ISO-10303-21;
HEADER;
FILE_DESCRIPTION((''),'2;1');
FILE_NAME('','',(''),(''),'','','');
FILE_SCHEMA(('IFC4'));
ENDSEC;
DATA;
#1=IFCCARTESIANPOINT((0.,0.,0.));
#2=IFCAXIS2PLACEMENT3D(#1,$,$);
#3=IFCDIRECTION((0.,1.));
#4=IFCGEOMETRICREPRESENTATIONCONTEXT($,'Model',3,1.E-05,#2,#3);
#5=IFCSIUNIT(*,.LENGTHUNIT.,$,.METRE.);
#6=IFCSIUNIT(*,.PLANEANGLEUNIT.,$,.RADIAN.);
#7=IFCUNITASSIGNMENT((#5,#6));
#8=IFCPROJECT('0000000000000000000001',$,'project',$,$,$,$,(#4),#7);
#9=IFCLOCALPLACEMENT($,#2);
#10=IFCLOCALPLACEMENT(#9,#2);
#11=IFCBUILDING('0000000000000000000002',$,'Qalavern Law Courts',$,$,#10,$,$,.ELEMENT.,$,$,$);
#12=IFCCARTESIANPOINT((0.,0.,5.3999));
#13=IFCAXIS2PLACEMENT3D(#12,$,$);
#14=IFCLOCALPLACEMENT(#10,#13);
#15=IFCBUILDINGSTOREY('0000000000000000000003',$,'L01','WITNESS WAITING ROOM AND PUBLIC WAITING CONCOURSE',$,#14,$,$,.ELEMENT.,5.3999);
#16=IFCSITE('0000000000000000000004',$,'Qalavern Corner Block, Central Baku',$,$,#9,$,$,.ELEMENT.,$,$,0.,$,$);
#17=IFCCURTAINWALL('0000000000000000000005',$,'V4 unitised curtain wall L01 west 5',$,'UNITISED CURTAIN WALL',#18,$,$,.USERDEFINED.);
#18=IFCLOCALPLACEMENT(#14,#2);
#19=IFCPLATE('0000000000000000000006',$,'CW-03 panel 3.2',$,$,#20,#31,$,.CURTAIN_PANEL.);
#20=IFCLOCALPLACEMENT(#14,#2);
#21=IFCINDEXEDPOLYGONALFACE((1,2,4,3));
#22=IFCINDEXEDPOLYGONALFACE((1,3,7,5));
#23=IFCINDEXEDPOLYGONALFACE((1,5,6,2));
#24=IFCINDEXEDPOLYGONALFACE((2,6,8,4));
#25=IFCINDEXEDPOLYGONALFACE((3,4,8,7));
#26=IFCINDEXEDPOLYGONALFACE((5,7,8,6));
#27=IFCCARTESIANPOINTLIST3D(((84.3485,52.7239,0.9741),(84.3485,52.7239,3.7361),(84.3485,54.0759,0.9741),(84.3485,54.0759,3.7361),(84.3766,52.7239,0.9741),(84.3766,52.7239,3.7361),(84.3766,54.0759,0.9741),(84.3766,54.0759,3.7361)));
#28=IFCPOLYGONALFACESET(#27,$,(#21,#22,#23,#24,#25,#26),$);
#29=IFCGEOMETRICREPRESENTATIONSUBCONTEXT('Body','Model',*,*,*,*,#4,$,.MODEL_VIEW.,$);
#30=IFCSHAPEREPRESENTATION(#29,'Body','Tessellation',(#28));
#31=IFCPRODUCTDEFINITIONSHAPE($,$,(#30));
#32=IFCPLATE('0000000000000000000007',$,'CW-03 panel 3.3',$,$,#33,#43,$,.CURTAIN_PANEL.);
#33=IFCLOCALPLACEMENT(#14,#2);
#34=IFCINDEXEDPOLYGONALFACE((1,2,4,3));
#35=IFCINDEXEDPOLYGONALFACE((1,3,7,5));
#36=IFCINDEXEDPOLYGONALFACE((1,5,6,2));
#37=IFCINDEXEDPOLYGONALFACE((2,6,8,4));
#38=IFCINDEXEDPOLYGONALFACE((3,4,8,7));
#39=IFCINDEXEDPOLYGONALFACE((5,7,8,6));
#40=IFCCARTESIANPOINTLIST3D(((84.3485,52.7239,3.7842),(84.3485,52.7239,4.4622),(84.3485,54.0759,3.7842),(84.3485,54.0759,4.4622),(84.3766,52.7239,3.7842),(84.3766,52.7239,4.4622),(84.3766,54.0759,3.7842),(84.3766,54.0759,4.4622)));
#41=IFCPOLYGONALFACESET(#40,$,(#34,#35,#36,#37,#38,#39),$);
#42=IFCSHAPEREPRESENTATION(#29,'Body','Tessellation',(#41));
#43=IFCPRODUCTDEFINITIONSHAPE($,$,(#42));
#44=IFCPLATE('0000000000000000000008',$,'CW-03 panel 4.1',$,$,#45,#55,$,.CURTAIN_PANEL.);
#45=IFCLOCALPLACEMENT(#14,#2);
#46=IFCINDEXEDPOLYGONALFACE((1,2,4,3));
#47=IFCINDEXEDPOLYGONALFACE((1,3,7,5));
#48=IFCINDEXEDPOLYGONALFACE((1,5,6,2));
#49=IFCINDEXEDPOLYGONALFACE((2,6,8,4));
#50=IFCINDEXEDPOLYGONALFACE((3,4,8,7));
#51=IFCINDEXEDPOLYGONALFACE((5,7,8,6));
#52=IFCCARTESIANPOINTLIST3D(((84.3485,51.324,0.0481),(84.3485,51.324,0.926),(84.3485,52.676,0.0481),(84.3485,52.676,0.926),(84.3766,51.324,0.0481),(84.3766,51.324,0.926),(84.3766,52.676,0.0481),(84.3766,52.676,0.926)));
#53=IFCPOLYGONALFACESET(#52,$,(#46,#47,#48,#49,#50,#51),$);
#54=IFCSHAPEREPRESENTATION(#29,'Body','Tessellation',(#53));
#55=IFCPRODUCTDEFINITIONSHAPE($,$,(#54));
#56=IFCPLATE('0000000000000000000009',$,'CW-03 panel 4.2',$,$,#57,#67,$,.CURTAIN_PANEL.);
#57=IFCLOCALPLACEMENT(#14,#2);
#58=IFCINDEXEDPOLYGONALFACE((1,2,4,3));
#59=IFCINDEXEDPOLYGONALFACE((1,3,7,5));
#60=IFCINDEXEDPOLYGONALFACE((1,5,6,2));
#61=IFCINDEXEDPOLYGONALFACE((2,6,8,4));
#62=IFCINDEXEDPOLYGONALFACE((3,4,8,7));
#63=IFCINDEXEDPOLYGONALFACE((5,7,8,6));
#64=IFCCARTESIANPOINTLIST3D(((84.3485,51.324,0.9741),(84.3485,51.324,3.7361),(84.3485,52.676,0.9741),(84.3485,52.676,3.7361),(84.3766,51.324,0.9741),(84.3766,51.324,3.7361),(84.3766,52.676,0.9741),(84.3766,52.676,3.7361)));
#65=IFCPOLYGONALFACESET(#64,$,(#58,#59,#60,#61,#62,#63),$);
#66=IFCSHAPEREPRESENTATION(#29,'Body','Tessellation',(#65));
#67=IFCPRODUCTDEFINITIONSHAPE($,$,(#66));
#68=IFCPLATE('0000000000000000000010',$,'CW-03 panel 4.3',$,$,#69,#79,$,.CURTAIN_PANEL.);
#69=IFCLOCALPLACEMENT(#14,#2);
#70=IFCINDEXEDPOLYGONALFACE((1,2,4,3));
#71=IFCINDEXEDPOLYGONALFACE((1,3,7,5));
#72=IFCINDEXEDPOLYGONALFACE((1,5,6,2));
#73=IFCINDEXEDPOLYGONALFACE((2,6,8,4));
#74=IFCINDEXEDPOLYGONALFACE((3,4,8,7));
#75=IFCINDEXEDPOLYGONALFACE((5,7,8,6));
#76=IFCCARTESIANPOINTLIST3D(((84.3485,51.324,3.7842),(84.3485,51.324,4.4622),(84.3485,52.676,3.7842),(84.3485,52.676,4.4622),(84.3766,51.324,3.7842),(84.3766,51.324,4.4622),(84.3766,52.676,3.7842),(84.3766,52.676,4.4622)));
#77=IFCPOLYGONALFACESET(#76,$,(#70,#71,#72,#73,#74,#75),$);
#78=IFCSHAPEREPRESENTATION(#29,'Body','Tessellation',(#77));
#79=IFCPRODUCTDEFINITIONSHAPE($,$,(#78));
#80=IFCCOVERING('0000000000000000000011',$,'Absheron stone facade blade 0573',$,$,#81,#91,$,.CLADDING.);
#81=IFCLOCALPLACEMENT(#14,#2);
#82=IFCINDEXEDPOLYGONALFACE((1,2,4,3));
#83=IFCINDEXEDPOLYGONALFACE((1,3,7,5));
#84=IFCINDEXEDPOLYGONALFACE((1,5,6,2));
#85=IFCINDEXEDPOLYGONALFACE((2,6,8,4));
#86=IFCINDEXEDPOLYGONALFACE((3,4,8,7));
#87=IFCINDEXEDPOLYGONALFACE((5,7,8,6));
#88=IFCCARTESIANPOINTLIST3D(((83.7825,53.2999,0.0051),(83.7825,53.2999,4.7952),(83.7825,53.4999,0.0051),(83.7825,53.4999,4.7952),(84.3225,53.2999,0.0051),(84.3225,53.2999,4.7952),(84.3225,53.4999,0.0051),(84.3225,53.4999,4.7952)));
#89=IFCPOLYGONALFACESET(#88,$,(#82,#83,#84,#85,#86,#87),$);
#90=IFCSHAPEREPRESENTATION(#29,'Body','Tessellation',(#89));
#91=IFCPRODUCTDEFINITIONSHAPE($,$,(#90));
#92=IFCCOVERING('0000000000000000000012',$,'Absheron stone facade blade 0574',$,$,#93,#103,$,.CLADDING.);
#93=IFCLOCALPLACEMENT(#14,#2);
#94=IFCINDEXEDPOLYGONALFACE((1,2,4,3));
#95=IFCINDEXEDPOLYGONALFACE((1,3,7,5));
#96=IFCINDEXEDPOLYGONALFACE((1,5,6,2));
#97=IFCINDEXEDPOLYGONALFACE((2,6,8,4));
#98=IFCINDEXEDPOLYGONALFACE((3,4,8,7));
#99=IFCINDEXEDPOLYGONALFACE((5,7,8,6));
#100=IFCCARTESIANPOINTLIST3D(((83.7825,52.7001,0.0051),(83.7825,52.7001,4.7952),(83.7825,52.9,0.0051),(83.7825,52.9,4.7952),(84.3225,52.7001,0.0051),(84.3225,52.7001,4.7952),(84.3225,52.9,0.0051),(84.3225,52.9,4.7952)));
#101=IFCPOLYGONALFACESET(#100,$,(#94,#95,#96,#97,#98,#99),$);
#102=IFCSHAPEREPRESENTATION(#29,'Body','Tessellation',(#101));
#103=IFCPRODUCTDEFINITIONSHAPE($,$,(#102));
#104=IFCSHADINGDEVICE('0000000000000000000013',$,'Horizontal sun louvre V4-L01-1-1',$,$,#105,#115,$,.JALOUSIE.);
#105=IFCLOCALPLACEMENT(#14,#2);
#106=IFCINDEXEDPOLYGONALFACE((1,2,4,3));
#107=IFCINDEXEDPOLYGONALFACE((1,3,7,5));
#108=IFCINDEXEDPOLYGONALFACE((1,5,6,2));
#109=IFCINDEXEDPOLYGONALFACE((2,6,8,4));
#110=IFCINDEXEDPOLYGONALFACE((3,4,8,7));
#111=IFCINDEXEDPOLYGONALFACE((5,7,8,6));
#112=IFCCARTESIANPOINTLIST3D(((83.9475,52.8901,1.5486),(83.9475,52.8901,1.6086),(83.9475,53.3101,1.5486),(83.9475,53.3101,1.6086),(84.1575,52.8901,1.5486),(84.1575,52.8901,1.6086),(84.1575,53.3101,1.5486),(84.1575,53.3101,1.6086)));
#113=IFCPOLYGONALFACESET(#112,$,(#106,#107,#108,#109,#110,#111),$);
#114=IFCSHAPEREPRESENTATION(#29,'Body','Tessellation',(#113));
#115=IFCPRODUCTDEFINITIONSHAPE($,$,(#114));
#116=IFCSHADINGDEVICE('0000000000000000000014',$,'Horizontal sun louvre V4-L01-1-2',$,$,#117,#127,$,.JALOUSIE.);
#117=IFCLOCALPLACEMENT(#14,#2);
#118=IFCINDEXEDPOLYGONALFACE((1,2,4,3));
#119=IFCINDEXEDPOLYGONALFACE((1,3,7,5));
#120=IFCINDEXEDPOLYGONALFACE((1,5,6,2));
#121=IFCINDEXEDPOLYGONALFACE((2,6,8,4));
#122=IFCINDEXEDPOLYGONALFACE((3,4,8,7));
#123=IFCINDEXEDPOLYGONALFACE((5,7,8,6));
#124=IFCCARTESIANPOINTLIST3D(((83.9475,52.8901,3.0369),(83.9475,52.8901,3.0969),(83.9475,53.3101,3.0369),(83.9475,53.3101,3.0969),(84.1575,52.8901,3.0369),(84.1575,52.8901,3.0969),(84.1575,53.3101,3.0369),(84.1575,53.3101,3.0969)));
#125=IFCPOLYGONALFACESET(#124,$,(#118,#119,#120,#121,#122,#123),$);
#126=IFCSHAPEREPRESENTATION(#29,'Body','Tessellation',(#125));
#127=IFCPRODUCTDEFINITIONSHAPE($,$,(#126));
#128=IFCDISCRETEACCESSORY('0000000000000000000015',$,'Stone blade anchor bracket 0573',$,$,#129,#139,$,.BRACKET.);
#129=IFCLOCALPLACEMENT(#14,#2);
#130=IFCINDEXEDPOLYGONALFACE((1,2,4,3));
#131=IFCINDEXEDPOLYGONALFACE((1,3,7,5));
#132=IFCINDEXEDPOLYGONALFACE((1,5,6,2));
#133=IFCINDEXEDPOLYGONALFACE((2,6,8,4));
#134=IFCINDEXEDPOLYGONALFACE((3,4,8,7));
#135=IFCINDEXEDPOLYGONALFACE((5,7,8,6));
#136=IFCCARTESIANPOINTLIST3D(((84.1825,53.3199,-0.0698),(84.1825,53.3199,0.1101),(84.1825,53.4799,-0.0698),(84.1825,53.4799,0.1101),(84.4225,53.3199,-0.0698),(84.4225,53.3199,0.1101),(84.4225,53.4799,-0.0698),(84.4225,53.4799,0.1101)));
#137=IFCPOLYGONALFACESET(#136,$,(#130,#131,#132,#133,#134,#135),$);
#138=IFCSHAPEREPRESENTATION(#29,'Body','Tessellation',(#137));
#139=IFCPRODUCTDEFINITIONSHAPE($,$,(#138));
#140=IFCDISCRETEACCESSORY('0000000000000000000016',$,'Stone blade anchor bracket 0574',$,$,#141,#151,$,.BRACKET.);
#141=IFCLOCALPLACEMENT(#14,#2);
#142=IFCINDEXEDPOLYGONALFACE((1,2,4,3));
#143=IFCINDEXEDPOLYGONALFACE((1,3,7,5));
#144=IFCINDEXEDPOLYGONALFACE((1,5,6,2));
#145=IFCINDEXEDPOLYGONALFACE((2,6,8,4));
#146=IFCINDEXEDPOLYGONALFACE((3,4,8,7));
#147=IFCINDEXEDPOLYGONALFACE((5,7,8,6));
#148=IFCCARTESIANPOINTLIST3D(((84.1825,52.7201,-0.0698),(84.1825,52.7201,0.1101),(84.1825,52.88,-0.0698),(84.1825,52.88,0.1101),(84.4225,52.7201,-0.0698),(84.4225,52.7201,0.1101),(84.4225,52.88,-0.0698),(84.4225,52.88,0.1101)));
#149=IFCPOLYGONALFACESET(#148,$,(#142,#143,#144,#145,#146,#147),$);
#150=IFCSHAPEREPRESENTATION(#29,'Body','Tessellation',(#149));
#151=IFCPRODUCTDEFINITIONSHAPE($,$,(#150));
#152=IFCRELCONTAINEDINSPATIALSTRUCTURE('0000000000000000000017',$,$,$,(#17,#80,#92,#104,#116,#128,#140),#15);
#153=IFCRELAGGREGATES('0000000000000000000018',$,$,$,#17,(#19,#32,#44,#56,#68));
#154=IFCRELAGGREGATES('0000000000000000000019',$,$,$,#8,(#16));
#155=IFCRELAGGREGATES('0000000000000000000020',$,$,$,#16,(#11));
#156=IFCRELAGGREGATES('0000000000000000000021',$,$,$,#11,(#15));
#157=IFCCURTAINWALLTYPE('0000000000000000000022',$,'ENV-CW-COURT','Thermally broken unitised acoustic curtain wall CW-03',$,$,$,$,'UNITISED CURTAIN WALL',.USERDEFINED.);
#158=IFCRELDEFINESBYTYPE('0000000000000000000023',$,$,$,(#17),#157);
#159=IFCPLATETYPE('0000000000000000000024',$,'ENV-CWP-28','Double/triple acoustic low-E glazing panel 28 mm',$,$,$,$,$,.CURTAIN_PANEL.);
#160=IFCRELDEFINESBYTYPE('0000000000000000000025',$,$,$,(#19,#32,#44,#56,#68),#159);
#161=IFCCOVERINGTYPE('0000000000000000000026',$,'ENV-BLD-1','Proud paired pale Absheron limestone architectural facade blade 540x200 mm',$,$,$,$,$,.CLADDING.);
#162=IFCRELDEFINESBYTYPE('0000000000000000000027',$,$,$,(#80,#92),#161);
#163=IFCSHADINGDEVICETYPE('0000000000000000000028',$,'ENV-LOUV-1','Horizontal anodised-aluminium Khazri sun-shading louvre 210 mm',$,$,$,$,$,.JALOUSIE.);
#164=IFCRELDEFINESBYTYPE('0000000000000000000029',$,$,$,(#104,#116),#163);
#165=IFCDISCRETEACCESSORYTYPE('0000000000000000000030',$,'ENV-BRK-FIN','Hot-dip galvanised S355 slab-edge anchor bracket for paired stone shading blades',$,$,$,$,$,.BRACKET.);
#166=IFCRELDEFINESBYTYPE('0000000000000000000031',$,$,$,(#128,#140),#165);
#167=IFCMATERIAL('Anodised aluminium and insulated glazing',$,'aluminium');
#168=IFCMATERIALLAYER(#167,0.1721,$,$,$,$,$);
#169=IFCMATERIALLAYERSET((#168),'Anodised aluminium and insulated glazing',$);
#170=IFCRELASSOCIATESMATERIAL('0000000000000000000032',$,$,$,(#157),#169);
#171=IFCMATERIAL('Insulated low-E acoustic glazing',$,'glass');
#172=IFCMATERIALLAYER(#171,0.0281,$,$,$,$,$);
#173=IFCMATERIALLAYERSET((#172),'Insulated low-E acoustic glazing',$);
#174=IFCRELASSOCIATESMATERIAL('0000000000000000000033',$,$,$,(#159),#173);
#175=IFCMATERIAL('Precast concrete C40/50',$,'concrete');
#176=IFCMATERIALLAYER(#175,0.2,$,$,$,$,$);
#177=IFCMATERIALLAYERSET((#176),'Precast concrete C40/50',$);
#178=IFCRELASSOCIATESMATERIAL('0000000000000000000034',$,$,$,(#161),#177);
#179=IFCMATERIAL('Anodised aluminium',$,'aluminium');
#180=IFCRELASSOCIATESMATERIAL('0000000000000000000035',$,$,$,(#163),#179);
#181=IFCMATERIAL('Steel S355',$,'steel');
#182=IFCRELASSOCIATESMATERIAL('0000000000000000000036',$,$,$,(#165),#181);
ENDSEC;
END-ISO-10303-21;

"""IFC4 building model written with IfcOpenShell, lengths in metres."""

from ifc_helpers import new_model, si_unit, direction, frame, origin, origin_2d, place, context, subcontext, project, spatial, rectangle, extrude, material, layer, layer_set, type_object, element, aggregate, save


model = new_model("IFC4")

# Units and contexts
model_context = context("Model", 3, precision=1e-05, world=origin(), true_north=direction((0.0, 1.0)))
body_context = subcontext(model_context, "Body", "Model", "MODEL_VIEW")
ifc_project = project(units=[si_unit("LENGTHUNIT", "METRE"), si_unit("PLANEANGLEUNIT", "RADIAN")], contexts=[model_context])

# Site, building, storey
site_placement = place(None, origin())
site = spatial("IfcSite", under=ifc_project, at=site_placement, Name="Qalavern Corner Block, Central Baku", CompositionType="ELEMENT", RefElevation=0.0)
building_placement = place(site_placement, origin())
building = spatial("IfcBuilding", under=site, at=building_placement, Name="Qalavern Law Courts", CompositionType="ELEMENT")
storey_placement = place(building_placement, frame((0.0, 0.0, 5.3999)))
storey = spatial("IfcBuildingStorey", under=building, at=storey_placement, Name="L01", Description="WITNESS WAITING ROOM AND PUBLIC WAITING CONCOURSE", CompositionType="ELEMENT", Elevation=5.3999)

# Curtain wall, plates
ifc_material_1 = material(Name="Anodised aluminium and insulated glazing", Category="aluminium")
ifc_layer_1 = layer(ifc_material_1, 0.1721)
ifc_layer_set_1 = layer_set([ifc_layer_1], Name="Anodised aluminium and insulated glazing")
curtain_wall_type = type_object("IfcCurtainWallType", Name="ENV-CW-COURT", Description="Thermally broken unitised acoustic curtain wall CW-03", ElementType="UNITISED CURTAIN WALL", PredefinedType="USERDEFINED", material=ifc_layer_set_1)
curtain_wall_placement = place(storey_placement, origin())
curtain_wall = element("IfcCurtainWall", 1, at=curtain_wall_placement, inside=storey, type_object=curtain_wall_type, Name="V4 unitised curtain wall L01 west 5", ObjectType="UNITISED CURTAIN WALL", PredefinedType="USERDEFINED")
ifc_material_2 = material(Name="Anodised aluminium", Category="aluminium")
ifc_material_3 = material(Name="Insulated low-E acoustic glazing", Category="glass")
ifc_layer_2 = layer(ifc_material_3, 0.0281)
ifc_layer_set_2 = layer_set([ifc_layer_2], Name="Insulated low-E acoustic glazing")
plate_type = type_object("IfcPlateType", Name="ENV-CWP-28", Description="Double/triple acoustic low-E glazing panel 28 mm", PredefinedType="CURTAIN_PANEL", material=ifc_layer_set_2)
plate_1_placement = place(storey_placement, frame((84.3625, 53.3999, 0.9741), z_axis=(0.0, 0.0, 1.0), x_axis=(0.0, -1.0, 0.0)))
plate_1 = element("IfcPlate", 2, at=plate_1_placement, type_object=plate_type, Name="CW-03 panel 3.2", PredefinedType="CURTAIN_PANEL", context=body_context, shape_type="SweptSolid", body=[
    extrude(rectangle(XDim=1.3521, YDim=0.0281, at=origin_2d()), origin(), (0.0, 0.0, 1.0), 2.762),
])
plate_2_placement = place(storey_placement, frame((84.3625, 53.3999, 3.7842), z_axis=(0.0, 0.0, 1.0), x_axis=(0.0, -1.0, 0.0)))
plate_2 = element("IfcPlate", 3, at=plate_2_placement, type_object=plate_type, Name="CW-03 panel 3.3", PredefinedType="CURTAIN_PANEL", context=body_context, shape_type="SweptSolid", body=[
    extrude(rectangle(XDim=1.3521, YDim=0.0281, at=origin_2d()), origin(), (0.0, 0.0, 1.0), 0.678),
])
plate_3_placement = place(storey_placement, frame((84.3625, 52.0, 0.0481), z_axis=(0.0, 0.0, 1.0), x_axis=(0.0, -1.0, 0.0)))
plate_3 = element("IfcPlate", 4, at=plate_3_placement, type_object=plate_type, Name="CW-03 panel 4.1", PredefinedType="CURTAIN_PANEL", context=body_context, shape_type="SweptSolid", body=[
    extrude(rectangle(XDim=1.3521, YDim=0.0281, at=origin_2d()), origin(), (0.0, 0.0, 1.0), 0.8779),
])
plate_4_placement = place(storey_placement, frame((84.3625, 52.0, 0.9741), z_axis=(0.0, 0.0, 1.0), x_axis=(0.0, -1.0, 0.0)))
plate_4 = element("IfcPlate", 5, at=plate_4_placement, type_object=plate_type, Name="CW-03 panel 4.2", PredefinedType="CURTAIN_PANEL", context=body_context, shape_type="SweptSolid", body=[
    extrude(rectangle(XDim=1.3521, YDim=0.0281, at=origin_2d()), origin(), (0.0, 0.0, 1.0), 2.762),
])
plate_5_placement = place(storey_placement, frame((84.3625, 52.0, 3.7842), z_axis=(0.0, 0.0, 1.0), x_axis=(0.0, -1.0, 0.0)))
plate_5 = element("IfcPlate", 6, at=plate_5_placement, type_object=plate_type, Name="CW-03 panel 4.3", PredefinedType="CURTAIN_PANEL", context=body_context, shape_type="SweptSolid", body=[
    extrude(rectangle(XDim=1.3521, YDim=0.0281, at=origin_2d()), origin(), (0.0, 0.0, 1.0), 0.678),
])
aggregate(curtain_wall, [plate_1, plate_2, plate_3, plate_4, plate_5])

# Coverings
ifc_material_4 = material(Name="Precast concrete C40/50", Category="concrete")
ifc_layer_3 = layer(ifc_material_4, 0.2)
ifc_layer_set_3 = layer_set([ifc_layer_3], Name="Precast concrete C40/50")
covering_type = type_object("IfcCoveringType", Name="ENV-BLD-1", Description="Proud paired pale Absheron limestone architectural facade blade 540x200 mm", PredefinedType="CLADDING", material=ifc_layer_set_3)
for number, where, z_axis, x_axis, name in (
    (7, (84.0525, 53.3999, 0.0051), (0.0, 0.0, 1.0), (-1.0, 0.0, 0.0), "Absheron stone facade blade 0573"),
    (8, (84.0525, 52.8, 0.0051), (0.0, 0.0, 1.0), (-1.0, 0.0, 0.0), "Absheron stone facade blade 0574"),
):
    element("IfcCovering", number, at=place(storey_placement, frame(where, z_axis=z_axis, x_axis=x_axis)), inside=storey, type_object=covering_type, Name=name, PredefinedType="CLADDING", context=body_context, shape_type="SweptSolid", body=[
        extrude(rectangle(XDim=0.54, YDim=0.2, at=origin_2d()), origin(), (0.0, 0.0, 1.0), 4.79),
    ])

# Shading devices
shading_device_type = type_object("IfcShadingDeviceType", Name="ENV-LOUV-1", Description="Horizontal anodised-aluminium Khazri sun-shading louvre 210 mm", PredefinedType="JALOUSIE", material=ifc_material_2)
for number, where, z_axis, x_axis, name in (
    (9, (84.0525, 53.1001, 1.5486), (0.0, 0.0, 1.0), (0.0, -1.0, 0.0), "Horizontal sun louvre V4-L01-1-1"),
    (10, (84.0525, 53.1001, 3.0369), (0.0, 0.0, 1.0), (0.0, -1.0, 0.0), "Horizontal sun louvre V4-L01-1-2"),
):
    element("IfcShadingDevice", number, at=place(storey_placement, frame(where, z_axis=z_axis, x_axis=x_axis)), inside=storey, type_object=shading_device_type, Name=name, PredefinedType="JALOUSIE", context=body_context, shape_type="SweptSolid", body=[
        extrude(rectangle(XDim=0.4199, YDim=0.21, at=origin_2d()), origin(), (0.0, 0.0, 1.0), 0.0601),
    ])

# Discrete accessories
ifc_material_5 = material(Name="Steel S355", Category="steel")
discrete_accessory_type = type_object("IfcDiscreteAccessoryType", Name="ENV-BRK-FIN", Description="Hot-dip galvanised S355 slab-edge anchor bracket for paired stone shading blades", PredefinedType="BRACKET", material=ifc_material_5)
for number, where, z_axis, x_axis, name in (
    (11, (84.3025, 53.3999, -0.0698), (0.0, 0.0, 1.0), (-1.0, 0.0, 0.0), "Stone blade anchor bracket 0573"),
    (12, (84.3025, 52.8, -0.0698), (0.0, 0.0, 1.0), (-1.0, 0.0, 0.0), "Stone blade anchor bracket 0574"),
):
    element("IfcDiscreteAccessory", number, at=place(storey_placement, frame(where, z_axis=z_axis, x_axis=x_axis)), inside=storey, type_object=discrete_accessory_type, Name=name, PredefinedType="BRACKET", context=body_context, shape_type="SweptSolid", body=[
        extrude(rectangle(XDim=0.24, YDim=0.1599, at=origin_2d()), origin(), (0.0, 0.0, 1.0), 0.1799),
    ])

save(model, "model.ifc")
